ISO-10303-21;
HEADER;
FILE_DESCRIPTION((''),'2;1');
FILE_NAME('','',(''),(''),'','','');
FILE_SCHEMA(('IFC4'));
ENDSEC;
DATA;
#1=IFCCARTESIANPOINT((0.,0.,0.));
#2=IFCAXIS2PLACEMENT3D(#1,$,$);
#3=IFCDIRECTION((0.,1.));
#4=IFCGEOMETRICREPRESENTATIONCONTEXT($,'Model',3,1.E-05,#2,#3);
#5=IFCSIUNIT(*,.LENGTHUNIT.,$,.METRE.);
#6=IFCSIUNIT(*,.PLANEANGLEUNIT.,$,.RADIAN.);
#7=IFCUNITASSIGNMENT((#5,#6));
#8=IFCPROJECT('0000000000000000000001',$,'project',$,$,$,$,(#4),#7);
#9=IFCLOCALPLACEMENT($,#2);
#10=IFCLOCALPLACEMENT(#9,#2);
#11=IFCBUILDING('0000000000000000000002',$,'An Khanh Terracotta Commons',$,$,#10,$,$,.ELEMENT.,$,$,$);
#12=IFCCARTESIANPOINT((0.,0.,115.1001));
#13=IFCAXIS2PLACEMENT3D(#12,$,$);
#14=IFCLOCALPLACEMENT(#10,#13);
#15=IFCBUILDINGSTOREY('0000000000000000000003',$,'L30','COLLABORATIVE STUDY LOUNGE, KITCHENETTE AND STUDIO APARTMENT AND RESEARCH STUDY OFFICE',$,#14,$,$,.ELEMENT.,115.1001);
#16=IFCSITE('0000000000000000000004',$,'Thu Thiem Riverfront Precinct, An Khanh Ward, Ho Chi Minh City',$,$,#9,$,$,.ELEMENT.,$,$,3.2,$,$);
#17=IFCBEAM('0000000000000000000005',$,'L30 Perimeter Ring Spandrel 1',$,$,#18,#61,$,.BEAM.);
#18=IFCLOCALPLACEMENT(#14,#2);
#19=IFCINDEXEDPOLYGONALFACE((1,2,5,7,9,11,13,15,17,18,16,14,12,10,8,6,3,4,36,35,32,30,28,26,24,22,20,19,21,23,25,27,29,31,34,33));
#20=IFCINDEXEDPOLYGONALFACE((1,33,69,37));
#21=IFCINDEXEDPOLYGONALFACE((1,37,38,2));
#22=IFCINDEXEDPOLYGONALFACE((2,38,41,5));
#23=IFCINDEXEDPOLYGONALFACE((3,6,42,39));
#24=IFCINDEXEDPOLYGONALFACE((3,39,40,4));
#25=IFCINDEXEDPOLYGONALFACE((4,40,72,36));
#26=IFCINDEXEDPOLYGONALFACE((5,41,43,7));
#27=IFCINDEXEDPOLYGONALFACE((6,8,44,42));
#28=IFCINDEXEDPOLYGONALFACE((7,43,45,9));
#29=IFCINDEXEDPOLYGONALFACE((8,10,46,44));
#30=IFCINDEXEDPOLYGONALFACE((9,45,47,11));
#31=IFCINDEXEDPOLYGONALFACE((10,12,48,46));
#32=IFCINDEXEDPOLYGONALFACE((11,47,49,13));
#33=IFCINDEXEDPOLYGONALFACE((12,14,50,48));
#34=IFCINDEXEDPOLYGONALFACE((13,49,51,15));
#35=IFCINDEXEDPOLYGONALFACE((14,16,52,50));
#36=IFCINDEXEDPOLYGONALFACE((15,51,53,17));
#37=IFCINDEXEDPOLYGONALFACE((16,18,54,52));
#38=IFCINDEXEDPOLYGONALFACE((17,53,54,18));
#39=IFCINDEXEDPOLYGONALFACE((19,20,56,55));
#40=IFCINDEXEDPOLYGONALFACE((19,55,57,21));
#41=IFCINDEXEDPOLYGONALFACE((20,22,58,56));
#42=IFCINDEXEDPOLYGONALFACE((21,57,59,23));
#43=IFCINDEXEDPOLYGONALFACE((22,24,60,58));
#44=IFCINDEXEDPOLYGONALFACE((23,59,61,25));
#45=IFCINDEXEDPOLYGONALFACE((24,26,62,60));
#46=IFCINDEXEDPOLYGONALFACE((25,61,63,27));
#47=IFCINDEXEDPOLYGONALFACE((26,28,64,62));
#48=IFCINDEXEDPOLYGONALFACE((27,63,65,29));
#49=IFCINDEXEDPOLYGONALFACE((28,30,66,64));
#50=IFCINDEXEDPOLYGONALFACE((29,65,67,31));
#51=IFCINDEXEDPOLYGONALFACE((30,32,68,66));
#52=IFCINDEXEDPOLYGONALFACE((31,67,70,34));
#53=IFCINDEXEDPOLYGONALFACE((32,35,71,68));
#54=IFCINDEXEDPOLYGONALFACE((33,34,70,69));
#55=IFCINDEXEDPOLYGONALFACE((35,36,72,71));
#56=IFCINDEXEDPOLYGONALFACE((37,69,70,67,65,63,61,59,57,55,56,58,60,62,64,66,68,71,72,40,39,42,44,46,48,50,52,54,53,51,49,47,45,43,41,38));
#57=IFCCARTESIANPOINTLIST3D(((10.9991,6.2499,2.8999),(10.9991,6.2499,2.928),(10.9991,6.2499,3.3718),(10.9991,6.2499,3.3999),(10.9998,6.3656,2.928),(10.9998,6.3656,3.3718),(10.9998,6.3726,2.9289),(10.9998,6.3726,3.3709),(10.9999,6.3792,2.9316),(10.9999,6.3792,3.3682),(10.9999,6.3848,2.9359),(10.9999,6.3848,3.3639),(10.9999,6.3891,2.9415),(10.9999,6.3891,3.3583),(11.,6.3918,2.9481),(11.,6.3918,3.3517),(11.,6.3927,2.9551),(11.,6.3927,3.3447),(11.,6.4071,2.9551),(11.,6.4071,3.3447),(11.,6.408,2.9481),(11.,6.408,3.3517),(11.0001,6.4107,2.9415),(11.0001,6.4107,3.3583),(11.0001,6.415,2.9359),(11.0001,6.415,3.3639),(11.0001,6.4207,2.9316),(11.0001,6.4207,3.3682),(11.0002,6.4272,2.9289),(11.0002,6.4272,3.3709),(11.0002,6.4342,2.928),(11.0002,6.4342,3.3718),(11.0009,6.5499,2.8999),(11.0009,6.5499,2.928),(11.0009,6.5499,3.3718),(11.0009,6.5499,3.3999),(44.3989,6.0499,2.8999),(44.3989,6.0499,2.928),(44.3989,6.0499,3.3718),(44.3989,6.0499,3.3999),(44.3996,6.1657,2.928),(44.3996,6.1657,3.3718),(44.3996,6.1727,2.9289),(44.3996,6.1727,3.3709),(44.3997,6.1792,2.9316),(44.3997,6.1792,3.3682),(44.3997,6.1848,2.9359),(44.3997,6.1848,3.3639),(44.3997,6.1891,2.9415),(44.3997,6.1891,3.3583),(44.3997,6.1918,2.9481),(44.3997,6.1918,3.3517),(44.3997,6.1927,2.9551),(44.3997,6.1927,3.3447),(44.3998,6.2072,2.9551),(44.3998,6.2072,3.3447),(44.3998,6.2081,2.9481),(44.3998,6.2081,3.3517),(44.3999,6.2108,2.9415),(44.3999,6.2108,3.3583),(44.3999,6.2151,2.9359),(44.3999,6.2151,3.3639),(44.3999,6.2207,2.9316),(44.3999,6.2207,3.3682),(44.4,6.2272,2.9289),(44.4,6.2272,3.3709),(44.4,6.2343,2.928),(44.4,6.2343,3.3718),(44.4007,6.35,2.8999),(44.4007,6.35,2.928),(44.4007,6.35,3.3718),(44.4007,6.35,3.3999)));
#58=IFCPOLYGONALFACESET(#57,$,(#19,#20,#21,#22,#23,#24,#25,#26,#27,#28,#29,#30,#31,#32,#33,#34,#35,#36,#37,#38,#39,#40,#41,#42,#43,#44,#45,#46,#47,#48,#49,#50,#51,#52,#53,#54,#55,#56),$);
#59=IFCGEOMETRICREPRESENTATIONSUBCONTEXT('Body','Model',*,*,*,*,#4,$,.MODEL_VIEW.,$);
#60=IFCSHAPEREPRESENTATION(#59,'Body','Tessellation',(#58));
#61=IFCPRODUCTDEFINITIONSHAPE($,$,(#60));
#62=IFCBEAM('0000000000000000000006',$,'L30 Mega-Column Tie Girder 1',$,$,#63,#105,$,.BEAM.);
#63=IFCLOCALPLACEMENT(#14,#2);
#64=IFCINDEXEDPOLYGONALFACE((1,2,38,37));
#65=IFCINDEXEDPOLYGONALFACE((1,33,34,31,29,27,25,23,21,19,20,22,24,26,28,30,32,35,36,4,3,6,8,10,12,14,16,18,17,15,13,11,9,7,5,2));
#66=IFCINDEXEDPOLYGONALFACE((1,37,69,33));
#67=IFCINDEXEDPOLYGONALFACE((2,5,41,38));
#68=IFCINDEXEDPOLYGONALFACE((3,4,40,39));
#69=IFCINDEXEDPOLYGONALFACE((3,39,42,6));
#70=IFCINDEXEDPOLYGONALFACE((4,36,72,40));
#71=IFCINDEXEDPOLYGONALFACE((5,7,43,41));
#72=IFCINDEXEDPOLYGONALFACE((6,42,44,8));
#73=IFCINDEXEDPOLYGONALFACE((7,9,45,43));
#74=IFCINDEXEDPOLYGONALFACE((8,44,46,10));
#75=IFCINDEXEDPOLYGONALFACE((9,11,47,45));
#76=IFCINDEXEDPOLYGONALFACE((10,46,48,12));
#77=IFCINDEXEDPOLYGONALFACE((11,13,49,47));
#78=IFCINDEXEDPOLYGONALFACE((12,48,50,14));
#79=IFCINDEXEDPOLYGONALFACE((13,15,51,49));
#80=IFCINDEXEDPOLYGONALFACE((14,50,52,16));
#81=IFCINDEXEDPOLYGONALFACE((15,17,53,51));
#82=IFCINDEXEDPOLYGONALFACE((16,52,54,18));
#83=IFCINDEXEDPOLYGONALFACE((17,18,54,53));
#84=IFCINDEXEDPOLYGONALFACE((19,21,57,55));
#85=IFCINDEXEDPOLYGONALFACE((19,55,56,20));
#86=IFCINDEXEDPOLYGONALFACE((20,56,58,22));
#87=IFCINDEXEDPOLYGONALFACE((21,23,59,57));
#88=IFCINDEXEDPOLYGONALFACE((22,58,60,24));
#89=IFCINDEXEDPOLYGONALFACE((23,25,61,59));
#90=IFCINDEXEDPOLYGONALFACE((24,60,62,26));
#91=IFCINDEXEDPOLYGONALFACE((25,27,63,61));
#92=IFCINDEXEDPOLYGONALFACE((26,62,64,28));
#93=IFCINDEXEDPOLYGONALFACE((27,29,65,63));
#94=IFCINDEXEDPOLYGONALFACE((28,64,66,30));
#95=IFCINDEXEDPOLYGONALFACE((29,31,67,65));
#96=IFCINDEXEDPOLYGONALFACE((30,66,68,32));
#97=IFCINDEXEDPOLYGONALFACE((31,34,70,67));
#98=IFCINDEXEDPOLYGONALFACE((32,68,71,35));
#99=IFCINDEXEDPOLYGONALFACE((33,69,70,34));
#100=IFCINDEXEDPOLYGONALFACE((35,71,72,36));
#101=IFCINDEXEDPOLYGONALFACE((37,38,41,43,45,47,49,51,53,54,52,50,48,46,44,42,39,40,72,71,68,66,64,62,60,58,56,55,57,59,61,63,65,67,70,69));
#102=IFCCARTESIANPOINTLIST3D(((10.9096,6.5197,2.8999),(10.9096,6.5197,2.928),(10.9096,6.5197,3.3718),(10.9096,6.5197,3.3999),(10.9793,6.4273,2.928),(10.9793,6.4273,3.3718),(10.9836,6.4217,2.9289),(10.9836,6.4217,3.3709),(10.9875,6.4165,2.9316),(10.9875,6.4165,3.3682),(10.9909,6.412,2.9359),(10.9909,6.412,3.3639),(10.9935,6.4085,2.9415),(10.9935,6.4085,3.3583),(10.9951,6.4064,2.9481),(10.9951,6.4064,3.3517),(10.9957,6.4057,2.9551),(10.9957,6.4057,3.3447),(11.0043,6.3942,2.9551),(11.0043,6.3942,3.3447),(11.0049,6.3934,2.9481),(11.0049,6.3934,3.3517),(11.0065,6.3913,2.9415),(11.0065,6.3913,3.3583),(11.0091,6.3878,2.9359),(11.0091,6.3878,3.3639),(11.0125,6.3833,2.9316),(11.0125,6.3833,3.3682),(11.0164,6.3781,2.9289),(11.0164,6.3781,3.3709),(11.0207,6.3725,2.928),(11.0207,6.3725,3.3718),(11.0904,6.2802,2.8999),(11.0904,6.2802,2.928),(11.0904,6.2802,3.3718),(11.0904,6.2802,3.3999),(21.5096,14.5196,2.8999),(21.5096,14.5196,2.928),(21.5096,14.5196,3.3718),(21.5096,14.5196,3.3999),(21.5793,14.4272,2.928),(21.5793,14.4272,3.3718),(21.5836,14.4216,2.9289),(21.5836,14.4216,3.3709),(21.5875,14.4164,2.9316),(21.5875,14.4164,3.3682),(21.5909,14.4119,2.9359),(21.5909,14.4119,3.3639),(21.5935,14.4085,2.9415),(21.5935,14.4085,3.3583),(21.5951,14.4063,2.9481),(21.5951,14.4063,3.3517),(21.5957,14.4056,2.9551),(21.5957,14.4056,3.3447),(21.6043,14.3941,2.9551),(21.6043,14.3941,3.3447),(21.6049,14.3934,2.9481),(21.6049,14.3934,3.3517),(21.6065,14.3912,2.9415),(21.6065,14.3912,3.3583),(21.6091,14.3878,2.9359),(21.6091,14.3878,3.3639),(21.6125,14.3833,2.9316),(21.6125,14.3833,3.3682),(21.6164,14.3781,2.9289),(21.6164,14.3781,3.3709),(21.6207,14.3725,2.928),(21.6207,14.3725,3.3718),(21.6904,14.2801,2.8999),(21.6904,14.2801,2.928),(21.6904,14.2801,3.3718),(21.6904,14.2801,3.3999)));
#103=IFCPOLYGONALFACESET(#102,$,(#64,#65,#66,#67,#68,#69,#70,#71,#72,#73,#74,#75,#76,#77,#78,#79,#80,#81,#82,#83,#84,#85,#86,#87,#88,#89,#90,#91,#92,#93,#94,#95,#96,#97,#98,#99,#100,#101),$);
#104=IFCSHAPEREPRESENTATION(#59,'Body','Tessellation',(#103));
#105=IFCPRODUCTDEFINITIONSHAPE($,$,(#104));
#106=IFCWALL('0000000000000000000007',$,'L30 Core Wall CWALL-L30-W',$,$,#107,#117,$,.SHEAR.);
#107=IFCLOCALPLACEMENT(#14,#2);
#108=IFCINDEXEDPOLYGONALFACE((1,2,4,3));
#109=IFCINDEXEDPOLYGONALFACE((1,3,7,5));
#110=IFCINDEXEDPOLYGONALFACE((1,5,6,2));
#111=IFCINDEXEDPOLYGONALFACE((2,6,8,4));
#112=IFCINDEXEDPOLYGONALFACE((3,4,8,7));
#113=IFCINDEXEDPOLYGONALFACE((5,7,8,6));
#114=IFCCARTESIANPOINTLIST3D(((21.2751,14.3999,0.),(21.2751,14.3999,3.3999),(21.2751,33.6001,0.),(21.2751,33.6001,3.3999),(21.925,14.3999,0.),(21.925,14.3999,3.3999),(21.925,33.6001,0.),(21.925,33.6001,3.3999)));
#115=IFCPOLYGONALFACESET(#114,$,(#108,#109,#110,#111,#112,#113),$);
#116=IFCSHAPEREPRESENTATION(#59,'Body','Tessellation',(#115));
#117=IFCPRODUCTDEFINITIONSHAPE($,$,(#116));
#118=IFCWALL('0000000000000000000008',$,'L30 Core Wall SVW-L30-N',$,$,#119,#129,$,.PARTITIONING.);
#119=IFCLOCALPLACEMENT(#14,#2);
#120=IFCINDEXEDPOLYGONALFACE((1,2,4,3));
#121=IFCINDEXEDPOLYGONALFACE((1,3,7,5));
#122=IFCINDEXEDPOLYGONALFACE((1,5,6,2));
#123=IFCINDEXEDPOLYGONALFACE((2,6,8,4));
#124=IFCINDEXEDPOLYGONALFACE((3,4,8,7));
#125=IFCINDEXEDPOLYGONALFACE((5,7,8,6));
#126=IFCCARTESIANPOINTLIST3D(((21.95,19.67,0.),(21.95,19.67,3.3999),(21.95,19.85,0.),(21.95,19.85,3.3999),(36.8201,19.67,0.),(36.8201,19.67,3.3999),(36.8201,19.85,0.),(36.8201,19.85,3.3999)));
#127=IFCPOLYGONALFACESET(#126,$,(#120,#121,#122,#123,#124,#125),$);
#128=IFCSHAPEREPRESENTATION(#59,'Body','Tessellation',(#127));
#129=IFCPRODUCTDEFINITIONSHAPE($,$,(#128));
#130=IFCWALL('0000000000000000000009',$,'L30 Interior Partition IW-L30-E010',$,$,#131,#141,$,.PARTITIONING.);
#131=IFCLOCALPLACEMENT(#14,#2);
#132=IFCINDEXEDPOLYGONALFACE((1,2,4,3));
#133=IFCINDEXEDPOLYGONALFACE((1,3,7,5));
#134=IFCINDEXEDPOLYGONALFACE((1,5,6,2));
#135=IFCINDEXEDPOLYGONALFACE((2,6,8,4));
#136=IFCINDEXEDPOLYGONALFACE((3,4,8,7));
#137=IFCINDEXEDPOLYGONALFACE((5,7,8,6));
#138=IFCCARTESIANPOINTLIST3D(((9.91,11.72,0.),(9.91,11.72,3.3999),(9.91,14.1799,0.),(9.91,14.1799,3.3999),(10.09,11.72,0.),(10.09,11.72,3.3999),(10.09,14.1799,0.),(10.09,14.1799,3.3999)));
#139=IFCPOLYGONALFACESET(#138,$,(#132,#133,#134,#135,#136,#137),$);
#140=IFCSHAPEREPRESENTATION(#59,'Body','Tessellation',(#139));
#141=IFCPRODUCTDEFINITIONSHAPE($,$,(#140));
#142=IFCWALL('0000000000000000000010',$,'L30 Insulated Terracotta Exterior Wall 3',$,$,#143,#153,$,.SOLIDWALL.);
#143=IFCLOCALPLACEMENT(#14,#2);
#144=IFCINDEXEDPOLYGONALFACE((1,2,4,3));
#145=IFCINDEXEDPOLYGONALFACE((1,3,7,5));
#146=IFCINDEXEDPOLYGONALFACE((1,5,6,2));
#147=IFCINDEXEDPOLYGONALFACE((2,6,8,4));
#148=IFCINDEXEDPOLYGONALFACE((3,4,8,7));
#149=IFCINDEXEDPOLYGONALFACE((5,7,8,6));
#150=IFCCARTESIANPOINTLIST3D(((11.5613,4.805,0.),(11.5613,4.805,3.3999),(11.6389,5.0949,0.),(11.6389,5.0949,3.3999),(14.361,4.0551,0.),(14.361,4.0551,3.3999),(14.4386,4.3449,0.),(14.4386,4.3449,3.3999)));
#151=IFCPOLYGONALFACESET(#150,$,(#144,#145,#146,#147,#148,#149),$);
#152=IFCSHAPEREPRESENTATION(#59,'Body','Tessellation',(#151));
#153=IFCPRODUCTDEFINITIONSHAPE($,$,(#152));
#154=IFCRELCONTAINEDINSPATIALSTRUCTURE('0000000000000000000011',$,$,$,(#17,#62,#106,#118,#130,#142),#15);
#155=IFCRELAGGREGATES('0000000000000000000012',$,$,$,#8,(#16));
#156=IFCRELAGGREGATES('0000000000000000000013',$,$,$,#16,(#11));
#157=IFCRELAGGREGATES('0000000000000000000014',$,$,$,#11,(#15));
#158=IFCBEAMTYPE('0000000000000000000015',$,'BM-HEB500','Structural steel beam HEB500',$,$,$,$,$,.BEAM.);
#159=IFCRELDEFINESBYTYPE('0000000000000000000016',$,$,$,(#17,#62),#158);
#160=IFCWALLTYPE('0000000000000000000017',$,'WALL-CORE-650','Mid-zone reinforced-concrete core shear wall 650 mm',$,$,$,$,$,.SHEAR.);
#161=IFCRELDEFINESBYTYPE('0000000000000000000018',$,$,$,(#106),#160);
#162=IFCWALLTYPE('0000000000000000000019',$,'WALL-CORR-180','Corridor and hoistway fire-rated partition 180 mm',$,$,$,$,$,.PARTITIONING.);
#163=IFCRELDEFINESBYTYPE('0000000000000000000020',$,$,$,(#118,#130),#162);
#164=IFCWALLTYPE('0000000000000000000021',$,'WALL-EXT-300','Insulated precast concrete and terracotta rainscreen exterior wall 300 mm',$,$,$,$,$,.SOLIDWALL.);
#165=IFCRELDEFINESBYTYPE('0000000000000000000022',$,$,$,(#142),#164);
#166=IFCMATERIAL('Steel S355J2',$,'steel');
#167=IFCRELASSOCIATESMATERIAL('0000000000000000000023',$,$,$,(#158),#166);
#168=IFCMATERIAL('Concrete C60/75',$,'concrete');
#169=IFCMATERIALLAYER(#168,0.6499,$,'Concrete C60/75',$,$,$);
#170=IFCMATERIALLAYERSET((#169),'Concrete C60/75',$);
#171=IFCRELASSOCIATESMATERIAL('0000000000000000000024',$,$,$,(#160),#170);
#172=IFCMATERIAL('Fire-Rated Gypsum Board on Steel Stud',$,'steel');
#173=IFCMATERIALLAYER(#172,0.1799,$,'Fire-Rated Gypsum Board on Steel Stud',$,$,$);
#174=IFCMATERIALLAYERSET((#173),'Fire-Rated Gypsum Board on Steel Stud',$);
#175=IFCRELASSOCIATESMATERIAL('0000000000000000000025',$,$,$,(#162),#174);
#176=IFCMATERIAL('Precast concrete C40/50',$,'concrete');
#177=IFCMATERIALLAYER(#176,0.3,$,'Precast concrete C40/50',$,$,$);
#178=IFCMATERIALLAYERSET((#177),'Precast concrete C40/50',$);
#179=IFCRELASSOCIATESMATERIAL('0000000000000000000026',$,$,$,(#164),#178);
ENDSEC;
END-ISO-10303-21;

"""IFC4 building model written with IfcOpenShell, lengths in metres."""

from ifc_helpers import new_model, si_unit, direction, frame, frame_2d, origin, origin_2d, place, context, subcontext, project, spatial, rectangle, i_section, extrude, material, layer, layer_set, material_profile, profile_set, type_object, element, save


model = new_model("IFC4")

# Units and contexts
model_context = context("Model", 3, precision=1e-05, world=origin(), true_north=direction((0.0, 1.0)))
body_context = subcontext(model_context, "Body", "Model", "MODEL_VIEW")
ifc_project = project(units=[si_unit("LENGTHUNIT", "METRE"), si_unit("PLANEANGLEUNIT", "RADIAN")], contexts=[model_context])

# Site, building, storey
site_placement = place(None, origin())
site = spatial("IfcSite", under=ifc_project, at=site_placement, Name="Thu Thiem Riverfront Precinct, An Khanh Ward, Ho Chi Minh City", CompositionType="ELEMENT", RefElevation=3.2)
building_placement = place(site_placement, origin())
building = spatial("IfcBuilding", under=site, at=building_placement, Name="An Khanh Terracotta Commons", CompositionType="ELEMENT")
storey_placement = place(building_placement, frame((0.0, 0.0, 115.1001)))
storey = spatial("IfcBuildingStorey", under=building, at=storey_placement, Name="L30", Description="COLLABORATIVE STUDY LOUNGE, KITCHENETTE AND STUDIO APARTMENT AND RESEARCH STUDY OFFICE", CompositionType="ELEMENT", Elevation=115.1001)

# Beams
ifc_material_1 = material(Name="Steel S355J2", Category="steel")
ifc_material_profile_1 = material_profile(ifc_material_1, i_section(OverallWidth=0.3, OverallDepth=0.5, WebThickness=0.0144, FlangeThickness=0.0281, FilletRadius=0.0271, at=origin_2d()), Name="HEB500")
ifc_profile_set_1 = profile_set([ifc_material_profile_1], Name="Steel S355J2")
beam_type_1 = type_object("IfcBeamType", Name="BM-HEB500", Description="Structural steel beam HEB500", PredefinedType="BEAM", material=ifc_profile_set_1)
beam_1_placement = place(storey_placement, frame((11.0, 6.3999, 3.1499), z_axis=(0.999982, -0.005986, 0.0), x_axis=(0.005986, 0.999982, 0.0)))
element("IfcBeam", 1, at=beam_1_placement, inside=storey, type_object=beam_type_1, Name="L30 Perimeter Ring Spandrel 1", PredefinedType="BEAM", context=body_context, shape_type="SweptSolid", body=[
    extrude(i_section(OverallWidth=0.3, OverallDepth=0.5, WebThickness=0.0144, FlangeThickness=0.0281, FilletRadius=0.0271, at=origin_2d()), origin(), (0.0, 0.0, 1.0), 33.4004),
])
beam_2_placement = place(storey_placement, frame((11.0, 6.3999, 3.1499), z_axis=(0.798192, 0.602403, 0.0), x_axis=(-0.602403, 0.798192, 0.0)))
element("IfcBeam", 2, at=beam_2_placement, inside=storey, type_object=beam_type_1, Name="L30 Mega-Column Tie Girder 1", PredefinedType="BEAM", context=body_context, shape_type="SweptSolid", body=[
    extrude(i_section(OverallWidth=0.3, OverallDepth=0.5, WebThickness=0.0144, FlangeThickness=0.0281, FilletRadius=0.0271, at=origin_2d()), origin(), (0.0, 0.0, 1.0), 13.28),
])

# Walls
ifc_material_2 = material(Name="Concrete C60/75", Category="concrete")
ifc_layer_1 = layer(ifc_material_2, 0.6499, Name="Concrete C60/75")
ifc_layer_set_1 = layer_set([ifc_layer_1], Name="Concrete C60/75")
wall_type_1 = type_object("IfcWallType", Name="WALL-CORE-650", Description="Mid-zone reinforced-concrete core shear wall 650 mm", PredefinedType="SHEAR", material=ifc_layer_set_1)
wall_1_placement = place(storey_placement, frame((21.6001, 14.3999, 0.0), z_axis=(0.0, 0.0, 1.0), x_axis=(0.0, 1.0, 0.0)))
element("IfcWall", 3, at=wall_1_placement, inside=storey, type_object=wall_type_1, Name="L30 Core Wall CWALL-L30-W", PredefinedType="SHEAR", context=body_context, shape_type="SweptSolid", body=[
    extrude(rectangle(XDim=19.2002, YDim=0.6499, at=frame_2d((9.6001, 0.0))), origin(), (0.0, 0.0, 1.0), 3.3999),
])
ifc_material_3 = material(Name="Fire-Rated Gypsum Board on Steel Stud", Category="steel")
ifc_layer_2 = layer(ifc_material_3, 0.1799, Name="Fire-Rated Gypsum Board on Steel Stud")
ifc_layer_set_2 = layer_set([ifc_layer_2], Name="Fire-Rated Gypsum Board on Steel Stud")
wall_type_2 = type_object("IfcWallType", Name="WALL-CORR-180", Description="Corridor and hoistway fire-rated partition 180 mm", PredefinedType="PARTITIONING", material=ifc_layer_set_2)
wall_2_placement = place(storey_placement, frame((21.95, 19.76, 0.0), z_axis=(0.0, 0.0, 1.0), x_axis=(1.0, 0.0, 0.0)))
element("IfcWall", 4, at=wall_2_placement, inside=storey, type_object=wall_type_2, Name="L30 Core Wall SVW-L30-N", PredefinedType="PARTITIONING", context=body_context, shape_type="SweptSolid", body=[
    extrude(rectangle(XDim=14.8701, YDim=0.1799, at=frame_2d((7.4351, 0.0))), origin(), (0.0, 0.0, 1.0), 3.3999),
])
wall_3_placement = place(storey_placement, frame((10.0, 11.72, 0.0), z_axis=(0.0, 0.0, 1.0), x_axis=(0.0, 1.0, 0.0)))
element("IfcWall", 5, at=wall_3_placement, inside=storey, type_object=wall_type_2, Name="L30 Interior Partition IW-L30-E010", PredefinedType="PARTITIONING", context=body_context, shape_type="SweptSolid", body=[
    extrude(rectangle(XDim=2.46, YDim=0.1799, at=frame_2d((1.23, 0.0))), origin(), (0.0, 0.0, 1.0), 3.3999),
])
ifc_material_4 = material(Name="Precast concrete C40/50", Category="concrete")
ifc_layer_3 = layer(ifc_material_4, 0.3, Name="Precast concrete C40/50")
ifc_layer_set_3 = layer_set([ifc_layer_3], Name="Precast concrete C40/50")
wall_type_3 = type_object("IfcWallType", Name="WALL-EXT-300", Description="Insulated precast concrete and terracotta rainscreen exterior wall 300 mm", PredefinedType="SOLIDWALL", material=ifc_layer_set_3)
wall_4_placement = place(storey_placement, frame((11.6001, 4.95, 0.0), z_axis=(0.0, 0.0, 1.0), x_axis=(0.965944, -0.258753, 0.0)))
element("IfcWall", 6, at=wall_4_placement, inside=storey, type_object=wall_type_3, Name="L30 Insulated Terracotta Exterior Wall 3", PredefinedType="SOLIDWALL", context=body_context, shape_type="SweptSolid", body=[
    extrude(rectangle(XDim=2.8984, YDim=0.3, at=frame_2d((1.4492, 0.0))), origin(), (0.0, 0.0, 1.0), 3.3999),
])

save(model, "model.ifc")
